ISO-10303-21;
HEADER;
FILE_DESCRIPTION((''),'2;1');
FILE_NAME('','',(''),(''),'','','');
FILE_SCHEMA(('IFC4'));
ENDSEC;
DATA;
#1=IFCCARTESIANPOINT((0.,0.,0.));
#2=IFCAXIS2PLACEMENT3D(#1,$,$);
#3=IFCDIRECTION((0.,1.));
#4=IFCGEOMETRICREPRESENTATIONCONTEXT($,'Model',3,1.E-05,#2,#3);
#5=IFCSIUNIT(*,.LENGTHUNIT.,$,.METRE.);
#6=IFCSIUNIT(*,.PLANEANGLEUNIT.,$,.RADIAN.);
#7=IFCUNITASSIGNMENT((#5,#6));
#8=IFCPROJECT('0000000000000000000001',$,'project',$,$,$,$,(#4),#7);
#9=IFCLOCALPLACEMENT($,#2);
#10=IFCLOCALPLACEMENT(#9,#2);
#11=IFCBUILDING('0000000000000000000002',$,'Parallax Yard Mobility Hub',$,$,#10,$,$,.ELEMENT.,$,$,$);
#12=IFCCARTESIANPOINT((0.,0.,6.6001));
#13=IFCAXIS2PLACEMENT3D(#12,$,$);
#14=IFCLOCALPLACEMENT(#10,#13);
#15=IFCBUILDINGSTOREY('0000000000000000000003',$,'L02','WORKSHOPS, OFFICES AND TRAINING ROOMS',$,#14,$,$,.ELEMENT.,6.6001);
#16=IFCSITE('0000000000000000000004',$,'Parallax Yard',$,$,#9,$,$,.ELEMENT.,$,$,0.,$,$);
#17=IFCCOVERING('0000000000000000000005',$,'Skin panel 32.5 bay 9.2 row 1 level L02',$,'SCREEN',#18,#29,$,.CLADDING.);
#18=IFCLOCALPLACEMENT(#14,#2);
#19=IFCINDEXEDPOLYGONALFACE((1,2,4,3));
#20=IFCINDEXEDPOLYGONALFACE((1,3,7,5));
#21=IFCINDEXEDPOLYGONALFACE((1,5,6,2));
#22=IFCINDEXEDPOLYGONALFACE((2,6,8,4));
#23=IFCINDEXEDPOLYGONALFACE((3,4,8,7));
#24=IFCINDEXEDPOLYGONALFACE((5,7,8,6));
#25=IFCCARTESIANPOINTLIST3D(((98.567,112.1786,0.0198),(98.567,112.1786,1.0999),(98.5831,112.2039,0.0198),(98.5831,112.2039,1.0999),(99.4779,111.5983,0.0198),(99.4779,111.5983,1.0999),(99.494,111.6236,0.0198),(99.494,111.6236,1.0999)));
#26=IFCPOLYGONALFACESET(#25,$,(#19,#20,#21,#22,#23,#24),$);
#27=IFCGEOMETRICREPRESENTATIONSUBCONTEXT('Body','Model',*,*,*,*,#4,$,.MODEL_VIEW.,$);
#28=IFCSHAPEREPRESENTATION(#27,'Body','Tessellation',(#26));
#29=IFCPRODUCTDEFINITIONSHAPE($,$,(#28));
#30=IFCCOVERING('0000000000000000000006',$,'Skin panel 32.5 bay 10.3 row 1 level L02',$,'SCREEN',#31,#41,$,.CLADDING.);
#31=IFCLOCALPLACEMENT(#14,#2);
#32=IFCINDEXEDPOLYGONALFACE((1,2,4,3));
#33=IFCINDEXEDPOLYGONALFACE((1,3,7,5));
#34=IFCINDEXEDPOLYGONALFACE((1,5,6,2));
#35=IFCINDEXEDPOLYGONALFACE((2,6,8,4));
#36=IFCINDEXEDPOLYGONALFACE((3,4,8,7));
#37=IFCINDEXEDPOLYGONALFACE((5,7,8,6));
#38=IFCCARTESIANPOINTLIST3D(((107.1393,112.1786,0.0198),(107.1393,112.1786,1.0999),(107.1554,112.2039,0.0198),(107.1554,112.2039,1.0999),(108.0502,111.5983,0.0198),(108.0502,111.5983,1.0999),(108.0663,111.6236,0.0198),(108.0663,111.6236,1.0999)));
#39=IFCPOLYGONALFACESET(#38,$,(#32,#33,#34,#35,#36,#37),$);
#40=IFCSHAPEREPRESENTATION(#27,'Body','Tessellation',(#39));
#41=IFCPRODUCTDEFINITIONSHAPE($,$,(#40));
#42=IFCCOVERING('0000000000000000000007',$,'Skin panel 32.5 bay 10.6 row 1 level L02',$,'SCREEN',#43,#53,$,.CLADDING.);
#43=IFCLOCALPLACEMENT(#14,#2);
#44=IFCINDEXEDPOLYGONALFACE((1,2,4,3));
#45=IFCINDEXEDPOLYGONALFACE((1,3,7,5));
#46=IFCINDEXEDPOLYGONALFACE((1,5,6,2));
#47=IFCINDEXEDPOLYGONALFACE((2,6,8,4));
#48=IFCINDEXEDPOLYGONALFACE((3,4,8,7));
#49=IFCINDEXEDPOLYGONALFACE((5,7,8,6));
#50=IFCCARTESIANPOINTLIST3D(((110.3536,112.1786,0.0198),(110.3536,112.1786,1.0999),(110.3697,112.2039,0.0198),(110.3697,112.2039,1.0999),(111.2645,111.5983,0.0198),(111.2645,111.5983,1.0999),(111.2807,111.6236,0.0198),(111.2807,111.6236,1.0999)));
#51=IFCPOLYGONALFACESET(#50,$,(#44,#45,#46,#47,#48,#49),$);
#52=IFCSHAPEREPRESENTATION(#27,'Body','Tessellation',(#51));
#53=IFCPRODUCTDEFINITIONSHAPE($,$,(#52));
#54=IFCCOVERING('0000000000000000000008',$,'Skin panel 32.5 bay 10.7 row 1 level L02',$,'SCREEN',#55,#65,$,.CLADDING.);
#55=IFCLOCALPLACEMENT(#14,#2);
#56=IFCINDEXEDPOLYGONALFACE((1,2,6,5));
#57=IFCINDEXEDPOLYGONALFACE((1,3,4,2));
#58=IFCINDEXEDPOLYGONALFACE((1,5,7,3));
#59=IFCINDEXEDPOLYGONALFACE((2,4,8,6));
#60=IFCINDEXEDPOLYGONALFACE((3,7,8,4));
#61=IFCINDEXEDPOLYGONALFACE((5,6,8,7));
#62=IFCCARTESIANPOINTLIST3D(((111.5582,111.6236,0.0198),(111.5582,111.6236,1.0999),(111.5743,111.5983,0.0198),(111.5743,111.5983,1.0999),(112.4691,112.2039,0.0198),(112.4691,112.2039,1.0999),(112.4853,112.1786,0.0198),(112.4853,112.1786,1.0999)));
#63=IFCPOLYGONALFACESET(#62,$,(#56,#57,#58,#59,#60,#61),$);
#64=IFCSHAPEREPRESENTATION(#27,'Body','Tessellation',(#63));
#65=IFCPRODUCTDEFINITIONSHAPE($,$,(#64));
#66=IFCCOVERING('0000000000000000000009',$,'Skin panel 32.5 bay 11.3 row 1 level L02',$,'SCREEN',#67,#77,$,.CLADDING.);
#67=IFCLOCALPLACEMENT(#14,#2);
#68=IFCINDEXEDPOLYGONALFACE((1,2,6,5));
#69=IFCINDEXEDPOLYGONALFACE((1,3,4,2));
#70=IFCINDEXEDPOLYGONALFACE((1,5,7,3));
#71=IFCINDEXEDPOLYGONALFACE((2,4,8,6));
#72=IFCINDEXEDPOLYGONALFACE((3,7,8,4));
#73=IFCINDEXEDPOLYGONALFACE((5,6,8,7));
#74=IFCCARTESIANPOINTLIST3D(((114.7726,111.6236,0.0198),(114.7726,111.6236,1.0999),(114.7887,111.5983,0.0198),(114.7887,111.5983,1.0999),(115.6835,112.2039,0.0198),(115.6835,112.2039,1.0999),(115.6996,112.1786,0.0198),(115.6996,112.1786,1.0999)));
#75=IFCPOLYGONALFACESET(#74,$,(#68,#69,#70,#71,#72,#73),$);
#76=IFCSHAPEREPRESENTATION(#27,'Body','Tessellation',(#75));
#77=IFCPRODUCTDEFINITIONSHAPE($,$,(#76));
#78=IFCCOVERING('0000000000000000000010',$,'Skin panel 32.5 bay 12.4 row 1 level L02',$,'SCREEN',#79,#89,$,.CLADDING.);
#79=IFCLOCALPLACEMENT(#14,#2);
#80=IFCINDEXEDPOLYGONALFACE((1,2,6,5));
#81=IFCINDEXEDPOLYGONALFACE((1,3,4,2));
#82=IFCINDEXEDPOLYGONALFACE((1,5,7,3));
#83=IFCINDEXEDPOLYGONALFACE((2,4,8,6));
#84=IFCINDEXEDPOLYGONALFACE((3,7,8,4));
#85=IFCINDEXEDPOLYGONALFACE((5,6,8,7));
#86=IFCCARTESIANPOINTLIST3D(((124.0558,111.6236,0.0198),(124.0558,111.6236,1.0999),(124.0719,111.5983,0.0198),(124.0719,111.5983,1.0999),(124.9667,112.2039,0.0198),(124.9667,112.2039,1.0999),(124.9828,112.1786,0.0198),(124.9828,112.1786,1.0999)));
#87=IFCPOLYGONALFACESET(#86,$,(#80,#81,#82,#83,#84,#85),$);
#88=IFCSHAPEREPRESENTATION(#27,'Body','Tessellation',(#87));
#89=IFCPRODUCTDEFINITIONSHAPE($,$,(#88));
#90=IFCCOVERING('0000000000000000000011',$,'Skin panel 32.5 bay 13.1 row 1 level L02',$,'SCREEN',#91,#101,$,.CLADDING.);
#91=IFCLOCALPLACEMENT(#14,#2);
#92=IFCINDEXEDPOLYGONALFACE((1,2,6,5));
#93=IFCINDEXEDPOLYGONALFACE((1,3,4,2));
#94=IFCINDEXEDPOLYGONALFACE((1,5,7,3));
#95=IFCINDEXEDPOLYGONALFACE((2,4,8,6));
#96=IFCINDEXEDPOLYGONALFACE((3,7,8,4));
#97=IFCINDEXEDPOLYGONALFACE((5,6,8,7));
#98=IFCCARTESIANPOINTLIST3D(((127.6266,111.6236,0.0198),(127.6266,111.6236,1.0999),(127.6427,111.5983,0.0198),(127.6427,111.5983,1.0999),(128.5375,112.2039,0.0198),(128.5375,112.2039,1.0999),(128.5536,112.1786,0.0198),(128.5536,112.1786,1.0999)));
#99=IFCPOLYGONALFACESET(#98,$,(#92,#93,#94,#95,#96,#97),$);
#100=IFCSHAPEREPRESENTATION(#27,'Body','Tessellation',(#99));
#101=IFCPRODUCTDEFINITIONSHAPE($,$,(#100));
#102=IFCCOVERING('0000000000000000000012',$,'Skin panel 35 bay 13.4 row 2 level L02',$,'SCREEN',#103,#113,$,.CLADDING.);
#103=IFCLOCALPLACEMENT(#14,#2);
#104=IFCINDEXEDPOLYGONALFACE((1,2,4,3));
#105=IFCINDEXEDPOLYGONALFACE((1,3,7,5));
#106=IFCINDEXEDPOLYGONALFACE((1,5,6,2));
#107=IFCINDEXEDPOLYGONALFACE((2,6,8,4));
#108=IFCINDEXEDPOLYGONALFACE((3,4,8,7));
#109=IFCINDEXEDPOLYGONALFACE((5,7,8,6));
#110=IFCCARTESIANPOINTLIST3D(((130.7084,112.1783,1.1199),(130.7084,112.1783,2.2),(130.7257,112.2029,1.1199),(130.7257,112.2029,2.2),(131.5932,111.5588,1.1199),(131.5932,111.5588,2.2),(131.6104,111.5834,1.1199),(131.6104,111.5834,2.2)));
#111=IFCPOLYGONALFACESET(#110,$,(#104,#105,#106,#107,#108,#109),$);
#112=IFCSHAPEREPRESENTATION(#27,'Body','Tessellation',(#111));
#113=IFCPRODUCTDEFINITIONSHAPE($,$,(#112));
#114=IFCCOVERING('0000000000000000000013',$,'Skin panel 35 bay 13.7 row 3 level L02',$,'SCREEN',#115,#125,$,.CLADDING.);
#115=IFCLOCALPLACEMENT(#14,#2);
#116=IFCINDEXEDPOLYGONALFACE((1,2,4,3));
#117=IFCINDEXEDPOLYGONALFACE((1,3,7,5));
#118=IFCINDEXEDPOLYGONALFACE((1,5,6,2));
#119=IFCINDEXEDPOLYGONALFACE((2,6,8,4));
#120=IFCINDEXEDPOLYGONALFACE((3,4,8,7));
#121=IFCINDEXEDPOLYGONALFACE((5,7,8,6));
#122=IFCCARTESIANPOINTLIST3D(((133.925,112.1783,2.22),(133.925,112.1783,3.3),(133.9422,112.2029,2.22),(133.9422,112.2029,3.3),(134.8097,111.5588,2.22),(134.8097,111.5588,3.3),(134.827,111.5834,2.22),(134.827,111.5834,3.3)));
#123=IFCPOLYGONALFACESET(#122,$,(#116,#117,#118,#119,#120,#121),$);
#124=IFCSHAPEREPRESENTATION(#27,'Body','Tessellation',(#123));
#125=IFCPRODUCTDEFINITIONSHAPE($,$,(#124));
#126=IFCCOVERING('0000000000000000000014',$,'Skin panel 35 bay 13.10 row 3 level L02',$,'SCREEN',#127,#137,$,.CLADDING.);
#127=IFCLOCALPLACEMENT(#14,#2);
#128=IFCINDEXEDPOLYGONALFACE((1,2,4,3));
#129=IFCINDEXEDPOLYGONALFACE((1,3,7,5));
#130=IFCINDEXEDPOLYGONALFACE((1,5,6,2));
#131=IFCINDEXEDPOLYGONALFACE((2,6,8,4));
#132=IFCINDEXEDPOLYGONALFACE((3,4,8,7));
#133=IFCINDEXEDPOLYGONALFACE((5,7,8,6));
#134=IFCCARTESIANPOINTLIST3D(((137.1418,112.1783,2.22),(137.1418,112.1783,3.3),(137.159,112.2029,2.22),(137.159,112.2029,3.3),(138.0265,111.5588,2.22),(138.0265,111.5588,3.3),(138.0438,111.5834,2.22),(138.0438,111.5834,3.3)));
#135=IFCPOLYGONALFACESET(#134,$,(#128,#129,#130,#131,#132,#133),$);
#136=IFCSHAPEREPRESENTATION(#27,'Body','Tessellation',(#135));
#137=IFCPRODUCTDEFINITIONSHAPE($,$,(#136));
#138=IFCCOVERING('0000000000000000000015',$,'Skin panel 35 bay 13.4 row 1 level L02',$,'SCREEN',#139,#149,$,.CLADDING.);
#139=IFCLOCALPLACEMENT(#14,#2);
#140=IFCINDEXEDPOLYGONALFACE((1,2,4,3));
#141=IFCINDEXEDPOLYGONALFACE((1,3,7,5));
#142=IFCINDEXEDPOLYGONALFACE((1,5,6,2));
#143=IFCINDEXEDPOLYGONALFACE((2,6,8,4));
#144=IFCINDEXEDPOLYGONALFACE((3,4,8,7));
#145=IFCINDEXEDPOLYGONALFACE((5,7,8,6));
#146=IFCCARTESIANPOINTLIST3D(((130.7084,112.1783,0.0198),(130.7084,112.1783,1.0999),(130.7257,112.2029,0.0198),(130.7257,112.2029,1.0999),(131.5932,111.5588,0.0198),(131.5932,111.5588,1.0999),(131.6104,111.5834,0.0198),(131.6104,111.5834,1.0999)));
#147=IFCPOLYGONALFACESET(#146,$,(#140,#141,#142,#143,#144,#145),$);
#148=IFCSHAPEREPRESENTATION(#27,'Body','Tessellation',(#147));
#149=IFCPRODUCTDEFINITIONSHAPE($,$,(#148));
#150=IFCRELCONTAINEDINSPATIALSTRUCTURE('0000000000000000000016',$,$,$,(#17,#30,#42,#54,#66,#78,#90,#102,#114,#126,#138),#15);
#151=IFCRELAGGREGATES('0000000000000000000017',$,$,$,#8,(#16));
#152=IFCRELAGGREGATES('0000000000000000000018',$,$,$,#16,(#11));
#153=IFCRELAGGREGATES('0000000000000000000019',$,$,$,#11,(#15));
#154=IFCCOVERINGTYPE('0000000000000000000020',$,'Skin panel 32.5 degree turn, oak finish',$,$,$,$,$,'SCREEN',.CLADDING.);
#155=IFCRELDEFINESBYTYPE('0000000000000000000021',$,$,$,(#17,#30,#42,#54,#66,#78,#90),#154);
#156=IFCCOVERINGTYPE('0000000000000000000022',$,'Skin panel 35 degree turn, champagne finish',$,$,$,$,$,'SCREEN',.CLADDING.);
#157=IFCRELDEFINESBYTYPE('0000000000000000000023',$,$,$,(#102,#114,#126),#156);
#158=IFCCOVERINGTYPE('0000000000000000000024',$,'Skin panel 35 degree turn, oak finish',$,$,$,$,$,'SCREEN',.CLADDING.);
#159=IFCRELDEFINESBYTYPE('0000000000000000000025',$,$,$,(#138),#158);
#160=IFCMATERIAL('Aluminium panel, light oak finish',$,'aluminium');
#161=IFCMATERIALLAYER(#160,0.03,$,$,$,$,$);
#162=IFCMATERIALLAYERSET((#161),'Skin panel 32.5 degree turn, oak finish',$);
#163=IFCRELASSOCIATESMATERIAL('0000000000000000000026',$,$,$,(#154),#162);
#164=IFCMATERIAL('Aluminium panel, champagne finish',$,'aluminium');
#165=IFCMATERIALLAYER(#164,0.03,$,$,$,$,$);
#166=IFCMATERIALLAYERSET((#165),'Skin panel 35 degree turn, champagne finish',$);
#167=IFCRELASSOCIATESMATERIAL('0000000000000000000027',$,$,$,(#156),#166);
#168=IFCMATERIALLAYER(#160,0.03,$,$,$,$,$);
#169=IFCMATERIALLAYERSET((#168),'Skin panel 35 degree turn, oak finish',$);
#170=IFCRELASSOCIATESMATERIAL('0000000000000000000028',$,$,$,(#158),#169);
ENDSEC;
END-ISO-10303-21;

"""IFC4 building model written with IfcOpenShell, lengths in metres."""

from ifc_helpers import new_model, si_unit, direction, frame, origin, origin_2d, place, context, subcontext, project, spatial, rectangle, extrude, material, layer, layer_set, type_object, element, save


model = new_model("IFC4")

# Units and contexts
model_context = context("Model", 3, precision=1e-05, world=origin(), true_north=direction((0.0, 1.0)))
body_context = subcontext(model_context, "Body", "Model", "MODEL_VIEW")
ifc_project = project(units=[si_unit("LENGTHUNIT", "METRE"), si_unit("PLANEANGLEUNIT", "RADIAN")], contexts=[model_context])

# Site, building, storey
site_placement = place(None, origin())
site = spatial("IfcSite", under=ifc_project, at=site_placement, Name="Parallax Yard", CompositionType="ELEMENT", RefElevation=0.0)
building_placement = place(site_placement, origin())
building = spatial("IfcBuilding", under=site, at=building_placement, Name="Parallax Yard Mobility Hub", CompositionType="ELEMENT")
storey_placement = place(building_placement, frame((0.0, 0.0, 6.6001)))
storey = spatial("IfcBuildingStorey", under=building, at=storey_placement, Name="L02", Description="WORKSHOPS, OFFICES AND TRAINING ROOMS", CompositionType="ELEMENT", Elevation=6.6001)

# Coverings
ifc_material_1 = material(Name="Aluminium panel, champagne finish", Category="aluminium")
ifc_material_2 = material(Name="Aluminium panel, light oak finish", Category="aluminium")
ifc_layer_1 = layer(ifc_material_2, 0.03)
ifc_layer_set_1 = layer_set([ifc_layer_1], Name="Skin panel 32.5 degree turn, oak finish")
covering_type_1 = type_object("IfcCoveringType", Name="Skin panel 32.5 degree turn, oak finish", ElementType="SCREEN", PredefinedType="CLADDING", material=ifc_layer_set_1)
for number, where, z_axis, x_axis, name in (
    (1, (99.0305, 111.9011, 0.0198), (0.0, 0.0, 1.0), (0.843391, -0.5373, 0.0), "Skin panel 32.5 bay 9.2 row 1 level L02"),
    (2, (107.6028, 111.9011, 0.0198), (0.0, 0.0, 1.0), (0.843391, -0.5373, 0.0), "Skin panel 32.5 bay 10.3 row 1 level L02"),
    (3, (110.8171, 111.9011, 0.0198), (0.0, 0.0, 1.0), (0.843391, -0.5373, 0.0), "Skin panel 32.5 bay 10.6 row 1 level L02"),
    (4, (112.0217, 111.9011, 0.0198), (0.0, 0.0, 1.0), (-0.843391, -0.5373, 0.0), "Skin panel 32.5 bay 10.7 row 1 level L02"),
    (5, (115.2361, 111.9011, 0.0198), (0.0, 0.0, 1.0), (-0.843391, -0.5373, 0.0), "Skin panel 32.5 bay 11.3 row 1 level L02"),
    (6, (124.5193, 111.9011, 0.0198), (0.0, 0.0, 1.0), (-0.843391, -0.5373, 0.0), "Skin panel 32.5 bay 12.4 row 1 level L02"),
    (7, (128.0901, 111.9011, 0.0198), (0.0, 0.0, 1.0), (-0.843391, -0.5373, 0.0), "Skin panel 32.5 bay 13.1 row 1 level L02"),
):
    element("IfcCovering", number, at=place(storey_placement, frame(where, z_axis=z_axis, x_axis=x_axis)), inside=storey, type_object=covering_type_1, Name=name, ObjectType="SCREEN", PredefinedType="CLADDING", context=body_context, shape_type="SweptSolid", body=[
        extrude(rectangle(XDim=1.0801, YDim=0.03, at=origin_2d()), origin(), (0.0, 0.0, 1.0), 1.0801),
    ])
ifc_layer_2 = layer(ifc_material_1, 0.03)
ifc_layer_set_2 = layer_set([ifc_layer_2], Name="Skin panel 35 degree turn, champagne finish")
covering_type_2 = type_object("IfcCoveringType", Name="Skin panel 35 degree turn, champagne finish", ElementType="SCREEN", PredefinedType="CLADDING", material=ifc_layer_set_2)
for number, where, z_axis, x_axis, name in (
    (8, (131.1594, 111.8809, 1.1199), (0.0, 0.0, 1.0), (0.819152, -0.573576, 0.0), "Skin panel 35 bay 13.4 row 2 level L02"),
    (9, (134.376, 111.8809, 2.22), (0.0, 0.0, 1.0), (0.819152, -0.573576, 0.0), "Skin panel 35 bay 13.7 row 3 level L02"),
    (10, (137.5928, 111.8809, 2.22), (0.0, 0.0, 1.0), (0.819152, -0.573576, 0.0), "Skin panel 35 bay 13.10 row 3 level L02"),
):
    element("IfcCovering", number, at=place(storey_placement, frame(where, z_axis=z_axis, x_axis=x_axis)), inside=storey, type_object=covering_type_2, Name=name, ObjectType="SCREEN", PredefinedType="CLADDING", context=body_context, shape_type="SweptSolid", body=[
        extrude(rectangle(XDim=1.0801, YDim=0.03, at=origin_2d()), origin(), (0.0, 0.0, 1.0), 1.0801),
    ])
ifc_layer_3 = layer(ifc_material_2, 0.03)
ifc_layer_set_3 = layer_set([ifc_layer_3], Name="Skin panel 35 degree turn, oak finish")
covering_type_3 = type_object("IfcCoveringType", Name="Skin panel 35 degree turn, oak finish", ElementType="SCREEN", PredefinedType="CLADDING", material=ifc_layer_set_3)
covering_placement = place(storey_placement, frame((131.1594, 111.8809, 0.0198), z_axis=(0.0, 0.0, 1.0), x_axis=(0.819152, -0.573576, 0.0)))
element("IfcCovering", 11, at=covering_placement, inside=storey, type_object=covering_type_3, Name="Skin panel 35 bay 13.4 row 1 level L02", ObjectType="SCREEN", PredefinedType="CLADDING", context=body_context, shape_type="SweptSolid", body=[
    extrude(rectangle(XDim=1.0801, YDim=0.03, at=origin_2d()), origin(), (0.0, 0.0, 1.0), 1.0801),
])

save(model, "model.ifc")
